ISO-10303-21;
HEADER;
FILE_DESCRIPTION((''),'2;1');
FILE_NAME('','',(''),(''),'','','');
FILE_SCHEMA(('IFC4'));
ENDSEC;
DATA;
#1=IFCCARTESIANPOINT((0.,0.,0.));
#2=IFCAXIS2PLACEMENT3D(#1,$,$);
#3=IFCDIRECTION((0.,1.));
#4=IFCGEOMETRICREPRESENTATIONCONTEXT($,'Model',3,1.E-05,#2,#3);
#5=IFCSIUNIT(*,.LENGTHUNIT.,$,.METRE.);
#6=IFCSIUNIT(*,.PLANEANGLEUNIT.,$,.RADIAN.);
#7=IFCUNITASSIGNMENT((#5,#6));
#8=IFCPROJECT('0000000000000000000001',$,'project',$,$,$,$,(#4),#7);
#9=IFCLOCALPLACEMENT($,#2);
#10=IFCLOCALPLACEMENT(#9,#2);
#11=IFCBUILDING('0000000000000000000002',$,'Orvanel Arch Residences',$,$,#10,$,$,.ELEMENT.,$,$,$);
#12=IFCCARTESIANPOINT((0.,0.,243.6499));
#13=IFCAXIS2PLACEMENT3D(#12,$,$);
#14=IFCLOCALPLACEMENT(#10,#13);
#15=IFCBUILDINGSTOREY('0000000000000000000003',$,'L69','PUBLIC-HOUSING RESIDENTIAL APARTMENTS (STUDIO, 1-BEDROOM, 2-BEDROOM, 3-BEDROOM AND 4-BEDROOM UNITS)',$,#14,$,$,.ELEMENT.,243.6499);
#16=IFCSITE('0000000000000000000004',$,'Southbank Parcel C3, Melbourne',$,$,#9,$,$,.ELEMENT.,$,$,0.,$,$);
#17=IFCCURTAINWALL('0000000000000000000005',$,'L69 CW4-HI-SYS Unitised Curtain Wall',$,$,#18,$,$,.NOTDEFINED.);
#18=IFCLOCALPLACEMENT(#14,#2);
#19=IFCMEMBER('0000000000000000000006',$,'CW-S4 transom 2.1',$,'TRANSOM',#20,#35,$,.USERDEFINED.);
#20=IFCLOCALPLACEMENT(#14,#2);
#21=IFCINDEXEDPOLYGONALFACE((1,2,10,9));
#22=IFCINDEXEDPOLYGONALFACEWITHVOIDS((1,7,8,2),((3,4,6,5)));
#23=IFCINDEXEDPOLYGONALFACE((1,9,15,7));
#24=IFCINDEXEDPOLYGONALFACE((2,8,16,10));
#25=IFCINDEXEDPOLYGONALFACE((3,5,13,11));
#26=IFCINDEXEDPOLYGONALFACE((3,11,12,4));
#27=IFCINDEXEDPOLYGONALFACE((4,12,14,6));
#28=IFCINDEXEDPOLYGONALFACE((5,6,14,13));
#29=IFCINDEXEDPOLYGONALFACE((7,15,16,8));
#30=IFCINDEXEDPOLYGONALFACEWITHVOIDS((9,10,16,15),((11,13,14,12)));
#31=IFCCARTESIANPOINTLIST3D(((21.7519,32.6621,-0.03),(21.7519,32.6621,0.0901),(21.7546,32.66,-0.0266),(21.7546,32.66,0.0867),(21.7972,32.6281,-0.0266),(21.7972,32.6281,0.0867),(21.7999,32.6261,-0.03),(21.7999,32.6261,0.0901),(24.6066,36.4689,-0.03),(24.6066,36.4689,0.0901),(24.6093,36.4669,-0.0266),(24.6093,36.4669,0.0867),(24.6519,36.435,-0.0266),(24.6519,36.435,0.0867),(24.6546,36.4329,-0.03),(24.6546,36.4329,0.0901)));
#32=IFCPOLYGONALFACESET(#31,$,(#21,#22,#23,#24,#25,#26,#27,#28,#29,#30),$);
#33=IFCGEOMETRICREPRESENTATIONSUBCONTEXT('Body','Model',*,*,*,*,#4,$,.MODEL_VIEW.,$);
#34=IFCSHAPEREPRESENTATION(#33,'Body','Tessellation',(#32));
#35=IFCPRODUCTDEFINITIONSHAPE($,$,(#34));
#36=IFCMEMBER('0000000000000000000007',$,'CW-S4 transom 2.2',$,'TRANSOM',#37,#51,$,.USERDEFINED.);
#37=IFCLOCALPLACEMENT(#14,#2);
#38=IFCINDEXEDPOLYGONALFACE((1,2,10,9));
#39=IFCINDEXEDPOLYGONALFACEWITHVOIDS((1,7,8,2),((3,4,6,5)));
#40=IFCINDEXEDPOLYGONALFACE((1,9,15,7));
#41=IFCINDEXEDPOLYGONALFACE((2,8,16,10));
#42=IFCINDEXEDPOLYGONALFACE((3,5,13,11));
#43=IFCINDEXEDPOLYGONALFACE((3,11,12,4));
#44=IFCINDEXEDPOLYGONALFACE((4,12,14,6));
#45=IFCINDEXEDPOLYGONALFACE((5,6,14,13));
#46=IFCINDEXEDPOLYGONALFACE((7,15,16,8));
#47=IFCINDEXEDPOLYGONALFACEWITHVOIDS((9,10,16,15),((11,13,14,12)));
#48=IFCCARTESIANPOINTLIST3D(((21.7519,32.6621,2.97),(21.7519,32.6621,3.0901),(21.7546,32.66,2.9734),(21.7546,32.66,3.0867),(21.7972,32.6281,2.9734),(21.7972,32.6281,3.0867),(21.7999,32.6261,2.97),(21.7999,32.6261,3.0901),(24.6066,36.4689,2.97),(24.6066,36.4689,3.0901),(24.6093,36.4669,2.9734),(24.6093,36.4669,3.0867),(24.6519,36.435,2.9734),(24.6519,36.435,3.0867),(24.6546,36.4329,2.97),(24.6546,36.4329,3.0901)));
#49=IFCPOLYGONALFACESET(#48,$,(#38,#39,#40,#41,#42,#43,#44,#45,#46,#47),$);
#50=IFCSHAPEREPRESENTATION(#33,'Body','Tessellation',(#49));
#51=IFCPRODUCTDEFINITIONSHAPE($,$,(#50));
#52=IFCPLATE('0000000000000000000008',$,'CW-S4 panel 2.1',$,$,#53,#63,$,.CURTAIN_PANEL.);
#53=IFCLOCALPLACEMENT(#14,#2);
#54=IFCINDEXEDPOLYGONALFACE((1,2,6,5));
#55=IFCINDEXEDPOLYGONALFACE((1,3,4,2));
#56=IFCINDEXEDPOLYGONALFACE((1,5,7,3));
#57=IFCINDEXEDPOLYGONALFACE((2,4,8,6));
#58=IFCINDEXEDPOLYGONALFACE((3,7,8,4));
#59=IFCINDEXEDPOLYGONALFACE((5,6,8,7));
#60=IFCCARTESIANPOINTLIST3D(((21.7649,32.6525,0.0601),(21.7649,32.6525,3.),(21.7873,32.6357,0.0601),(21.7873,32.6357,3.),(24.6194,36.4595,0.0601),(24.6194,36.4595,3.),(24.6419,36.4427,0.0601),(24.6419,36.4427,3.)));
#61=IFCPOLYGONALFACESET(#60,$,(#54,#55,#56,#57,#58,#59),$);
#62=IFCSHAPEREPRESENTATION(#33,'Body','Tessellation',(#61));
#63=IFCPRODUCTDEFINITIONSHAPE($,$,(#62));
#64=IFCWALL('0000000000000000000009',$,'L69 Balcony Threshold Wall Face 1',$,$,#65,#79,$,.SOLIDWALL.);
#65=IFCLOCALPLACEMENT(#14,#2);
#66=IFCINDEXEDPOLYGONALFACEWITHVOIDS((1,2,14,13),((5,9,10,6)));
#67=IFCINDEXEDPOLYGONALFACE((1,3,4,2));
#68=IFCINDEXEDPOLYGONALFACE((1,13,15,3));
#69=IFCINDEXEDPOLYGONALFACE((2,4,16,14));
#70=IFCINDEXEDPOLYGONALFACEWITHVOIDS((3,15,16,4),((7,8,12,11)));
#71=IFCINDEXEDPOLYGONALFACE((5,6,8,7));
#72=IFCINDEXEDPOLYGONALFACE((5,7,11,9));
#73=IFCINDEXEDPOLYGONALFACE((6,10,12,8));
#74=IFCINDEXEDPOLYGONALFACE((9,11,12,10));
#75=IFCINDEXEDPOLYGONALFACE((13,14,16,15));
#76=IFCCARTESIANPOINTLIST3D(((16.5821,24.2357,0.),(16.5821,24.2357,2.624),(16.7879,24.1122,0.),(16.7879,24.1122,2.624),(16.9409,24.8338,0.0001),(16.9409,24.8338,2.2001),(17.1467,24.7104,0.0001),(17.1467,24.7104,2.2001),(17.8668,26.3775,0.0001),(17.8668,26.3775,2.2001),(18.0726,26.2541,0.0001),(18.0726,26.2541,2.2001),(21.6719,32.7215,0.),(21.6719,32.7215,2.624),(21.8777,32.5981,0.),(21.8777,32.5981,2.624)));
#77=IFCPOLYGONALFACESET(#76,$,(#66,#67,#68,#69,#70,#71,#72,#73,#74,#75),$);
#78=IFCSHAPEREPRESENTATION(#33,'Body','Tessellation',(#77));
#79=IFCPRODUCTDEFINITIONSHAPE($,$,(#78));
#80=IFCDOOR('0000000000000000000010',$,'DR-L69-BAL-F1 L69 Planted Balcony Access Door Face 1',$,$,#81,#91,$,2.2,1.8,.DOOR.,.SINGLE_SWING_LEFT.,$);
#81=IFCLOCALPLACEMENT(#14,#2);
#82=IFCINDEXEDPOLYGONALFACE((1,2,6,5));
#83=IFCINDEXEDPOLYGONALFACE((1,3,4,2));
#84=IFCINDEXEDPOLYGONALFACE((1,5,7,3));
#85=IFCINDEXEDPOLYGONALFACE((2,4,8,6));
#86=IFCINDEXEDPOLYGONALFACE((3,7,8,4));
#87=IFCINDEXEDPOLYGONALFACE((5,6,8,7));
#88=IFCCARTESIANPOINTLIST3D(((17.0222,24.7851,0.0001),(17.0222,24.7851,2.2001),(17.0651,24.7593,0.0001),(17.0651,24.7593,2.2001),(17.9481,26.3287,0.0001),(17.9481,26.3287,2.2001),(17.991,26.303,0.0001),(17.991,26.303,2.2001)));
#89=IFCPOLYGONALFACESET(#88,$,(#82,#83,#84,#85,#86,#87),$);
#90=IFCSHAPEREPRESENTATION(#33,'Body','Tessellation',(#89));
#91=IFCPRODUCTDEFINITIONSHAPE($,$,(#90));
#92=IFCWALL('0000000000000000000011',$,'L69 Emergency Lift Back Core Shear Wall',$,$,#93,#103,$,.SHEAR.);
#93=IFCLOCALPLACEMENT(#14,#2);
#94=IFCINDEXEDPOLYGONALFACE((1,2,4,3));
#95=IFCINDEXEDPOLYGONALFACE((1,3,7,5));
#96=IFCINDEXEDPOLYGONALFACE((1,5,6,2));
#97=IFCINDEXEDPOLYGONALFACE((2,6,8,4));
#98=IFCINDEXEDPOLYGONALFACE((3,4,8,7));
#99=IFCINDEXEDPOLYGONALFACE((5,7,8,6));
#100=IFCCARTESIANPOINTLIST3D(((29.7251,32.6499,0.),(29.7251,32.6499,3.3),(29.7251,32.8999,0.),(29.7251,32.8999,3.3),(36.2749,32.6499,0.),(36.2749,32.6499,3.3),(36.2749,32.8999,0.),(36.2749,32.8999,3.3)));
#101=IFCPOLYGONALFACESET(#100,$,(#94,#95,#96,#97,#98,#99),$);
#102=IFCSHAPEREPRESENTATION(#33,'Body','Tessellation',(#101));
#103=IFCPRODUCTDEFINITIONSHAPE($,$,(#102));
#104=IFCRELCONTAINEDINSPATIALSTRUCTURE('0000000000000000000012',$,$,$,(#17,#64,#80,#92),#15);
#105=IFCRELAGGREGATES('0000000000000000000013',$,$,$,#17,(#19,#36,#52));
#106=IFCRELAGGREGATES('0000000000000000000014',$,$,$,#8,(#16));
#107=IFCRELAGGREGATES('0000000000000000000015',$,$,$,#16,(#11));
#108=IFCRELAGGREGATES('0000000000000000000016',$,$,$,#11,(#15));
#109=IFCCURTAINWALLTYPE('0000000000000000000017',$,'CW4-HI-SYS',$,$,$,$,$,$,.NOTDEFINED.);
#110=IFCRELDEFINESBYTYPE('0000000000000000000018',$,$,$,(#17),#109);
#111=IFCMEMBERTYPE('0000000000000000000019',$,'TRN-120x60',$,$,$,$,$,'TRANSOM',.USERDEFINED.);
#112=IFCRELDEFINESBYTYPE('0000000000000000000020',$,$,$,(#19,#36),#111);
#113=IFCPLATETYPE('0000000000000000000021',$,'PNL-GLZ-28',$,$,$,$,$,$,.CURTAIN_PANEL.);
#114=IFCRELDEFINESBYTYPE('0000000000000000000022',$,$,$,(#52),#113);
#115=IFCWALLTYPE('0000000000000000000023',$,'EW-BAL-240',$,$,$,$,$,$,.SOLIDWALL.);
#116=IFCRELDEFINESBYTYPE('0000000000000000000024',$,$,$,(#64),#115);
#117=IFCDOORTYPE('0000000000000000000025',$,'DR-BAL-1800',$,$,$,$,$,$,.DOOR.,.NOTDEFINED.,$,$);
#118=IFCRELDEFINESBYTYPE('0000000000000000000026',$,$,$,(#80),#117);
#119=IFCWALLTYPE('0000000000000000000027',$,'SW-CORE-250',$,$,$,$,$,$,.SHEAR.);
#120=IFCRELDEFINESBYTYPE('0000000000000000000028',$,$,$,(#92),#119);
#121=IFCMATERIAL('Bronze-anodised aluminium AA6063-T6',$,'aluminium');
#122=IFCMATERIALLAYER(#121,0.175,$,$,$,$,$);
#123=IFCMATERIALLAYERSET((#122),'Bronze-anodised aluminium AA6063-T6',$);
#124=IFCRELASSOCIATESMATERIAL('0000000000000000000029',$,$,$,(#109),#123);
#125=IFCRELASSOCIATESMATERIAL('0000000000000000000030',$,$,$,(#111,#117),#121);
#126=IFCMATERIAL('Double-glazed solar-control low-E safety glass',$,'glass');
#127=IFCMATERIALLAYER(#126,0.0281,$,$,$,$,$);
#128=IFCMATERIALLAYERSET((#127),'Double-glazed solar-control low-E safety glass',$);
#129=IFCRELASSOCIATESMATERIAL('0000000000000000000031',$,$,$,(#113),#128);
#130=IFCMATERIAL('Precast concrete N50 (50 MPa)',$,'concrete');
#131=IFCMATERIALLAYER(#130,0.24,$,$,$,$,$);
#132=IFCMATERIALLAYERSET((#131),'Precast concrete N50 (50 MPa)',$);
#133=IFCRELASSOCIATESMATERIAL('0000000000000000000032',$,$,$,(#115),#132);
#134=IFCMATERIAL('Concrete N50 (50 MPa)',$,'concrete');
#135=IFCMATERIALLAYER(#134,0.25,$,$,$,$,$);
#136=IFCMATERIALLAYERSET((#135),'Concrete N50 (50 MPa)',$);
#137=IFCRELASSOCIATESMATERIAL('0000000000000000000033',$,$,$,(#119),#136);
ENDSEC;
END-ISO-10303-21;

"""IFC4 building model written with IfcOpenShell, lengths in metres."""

from ifc_helpers import new_model, si_unit, direction, frame, frame_2d, origin, origin_2d, place, context, subcontext, project, spatial, rectangle, hollow_rectangle, extrude, material, layer, layer_set, material_profile, profile_set, type_object, element, fill, aggregate, save


model = new_model("IFC4")

# Units and contexts
model_context = context("Model", 3, precision=1e-05, world=origin(), true_north=direction((0.0, 1.0)))
body_context = subcontext(model_context, "Body", "Model", "MODEL_VIEW")
ifc_project = project(units=[si_unit("LENGTHUNIT", "METRE"), si_unit("PLANEANGLEUNIT", "RADIAN")], contexts=[model_context])

# Site, building, storey
site_placement = place(None, origin())
site = spatial("IfcSite", under=ifc_project, at=site_placement, Name="Southbank Parcel C3, Melbourne", CompositionType="ELEMENT", RefElevation=0.0)
building_placement = place(site_placement, origin())
building = spatial("IfcBuilding", under=site, at=building_placement, Name="Orvanel Arch Residences", CompositionType="ELEMENT")
storey_placement = place(building_placement, frame((0.0, 0.0, 243.6499)))
storey = spatial("IfcBuildingStorey", under=building, at=storey_placement, Name="L69", Description="PUBLIC-HOUSING RESIDENTIAL APARTMENTS (STUDIO, 1-BEDROOM, 2-BEDROOM, 3-BEDROOM AND 4-BEDROOM UNITS)", CompositionType="ELEMENT", Elevation=243.6499)

# Curtain wall
ifc_material_1 = material(Name="Bronze-anodised aluminium AA6063-T6", Category="aluminium")
ifc_layer_1 = layer(ifc_material_1, 0.175)
ifc_layer_set_1 = layer_set([ifc_layer_1], Name="Bronze-anodised aluminium AA6063-T6")
curtain_wall_type = type_object("IfcCurtainWallType", Name="CW4-HI-SYS", PredefinedType="NOTDEFINED", material=ifc_layer_set_1)
curtain_wall_placement = place(storey_placement, origin())
curtain_wall = element("IfcCurtainWall", 1, at=curtain_wall_placement, inside=storey, type_object=curtain_wall_type, Name="L69 CW4-HI-SYS Unitised Curtain Wall", PredefinedType="NOTDEFINED")

# Members
ifc_material_profile_1 = material_profile(ifc_material_1, hollow_rectangle(XDim=0.0601, YDim=0.1201, WallThickness=0.0034, at=origin_2d()), Name="ALU120x60x3.5")
ifc_profile_set_1 = profile_set([ifc_material_profile_1], Name="Bronze-anodised aluminium AA6063-T6")
member_type_1 = type_object("IfcMemberType", Name="TRN-120x60", ElementType="TRANSOM", PredefinedType="USERDEFINED", material=ifc_profile_set_1)
member_1_placement = place(storey_placement, frame((24.6306, 36.4509, 0.03), z_axis=(-0.599943, -0.800043, 0.0), x_axis=(0.800043, -0.599943, 0.0)))
member_1 = element("IfcMember", 2, at=member_1_placement, type_object=member_type_1, Name="CW-S4 transom 2.1", ObjectType="TRANSOM", PredefinedType="USERDEFINED", context=body_context, shape_type="SweptSolid", body=[
    extrude(hollow_rectangle(XDim=0.0601, YDim=0.1201, WallThickness=0.0034, at=origin_2d()), origin(), (0.0, 0.0, 1.0), 4.7583),
])
member_2_placement = place(storey_placement, frame((24.6306, 36.4509, 3.03), z_axis=(-0.599943, -0.800043, 0.0), x_axis=(0.800043, -0.599943, 0.0)))
member_2 = element("IfcMember", 3, at=member_2_placement, type_object=member_type_1, Name="CW-S4 transom 2.2", ObjectType="TRANSOM", PredefinedType="USERDEFINED", context=body_context, shape_type="SweptSolid", body=[
    extrude(hollow_rectangle(XDim=0.0601, YDim=0.1201, WallThickness=0.0034, at=origin_2d()), origin(), (0.0, 0.0, 1.0), 4.7583),
])

# Plate
ifc_material_2 = material(Name="Double-glazed solar-control low-E safety glass", Category="glass")
ifc_layer_2 = layer(ifc_material_2, 0.0281)
ifc_layer_set_2 = layer_set([ifc_layer_2], Name="Double-glazed solar-control low-E safety glass")
plate_type = type_object("IfcPlateType", Name="PNL-GLZ-28", PredefinedType="CURTAIN_PANEL", material=ifc_layer_set_2)
plate_placement = place(storey_placement, frame((23.2034, 34.5476, 0.0601), z_axis=(0.0, 0.0, 1.0), x_axis=(-0.599901, -0.800074, 0.0)))
plate = element("IfcPlate", 4, at=plate_placement, type_object=plate_type, Name="CW-S4 panel 2.1", PredefinedType="CURTAIN_PANEL", context=body_context, shape_type="SweptSolid", body=[
    extrude(rectangle(XDim=4.7583, YDim=0.0281, at=origin_2d()), origin(), (0.0, 0.0, 1.0), 2.9399),
])
aggregate(curtain_wall, [member_1, member_2, plate])

# Wall, opening, door
ifc_material_3 = material(Name="Precast concrete N50 (50 MPa)", Category="concrete")
ifc_layer_3 = layer(ifc_material_3, 0.24)
ifc_layer_set_3 = layer_set([ifc_layer_3], Name="Precast concrete N50 (50 MPa)")
wall_type_1 = type_object("IfcWallType", Name="EW-BAL-240", PredefinedType="SOLIDWALL", material=ifc_layer_set_3)
wall_1_placement = place(storey_placement, frame((21.7749, 32.6599, 0.0), z_axis=(0.0, 0.0, 1.0), x_axis=(-0.514372, -0.857567, 0.0)))
wall_1 = element("IfcWall", 5, at=wall_1_placement, inside=storey, type_object=wall_type_1, Name="L69 Balcony Threshold Wall Face 1", PredefinedType="SOLIDWALL", context=body_context, shape_type="SweptSolid", body=[
    extrude(rectangle(XDim=9.8953, YDim=0.24, at=frame_2d((4.9478, 0.0))), origin(), (0.0, 0.0, 1.0), 2.624),
])
opening_1_placement = place(wall_1_placement, frame((7.3979, 0.0, 0.0)))
opening_1 = element("IfcOpeningElement", 6, at=opening_1_placement, cuts=wall_1, PredefinedType="OPENING", context=body_context, shape_type="SweptSolid", body=[
    extrude(rectangle(XDim=1.8, YDim=2.2, at=frame_2d((0.8999, 1.1001))), frame((0.0, 0.1299, 0.0), z_axis=(0.0, -1.0, 0.0), x_axis=(1.0, 0.0, 0.0)), (0.0, 0.0, 1.0), 0.26),
])
door_type_1 = type_object("IfcDoorType", Name="DR-BAL-1800", OperationType="NOTDEFINED", PredefinedType="DOOR", material=ifc_material_1)
door_1_placement = place(opening_1_placement, origin())
door_1 = element("IfcDoor", 7, at=door_1_placement, inside=storey, type_object=door_type_1, Name="DR-L69-BAL-F1 L69 Planted Balcony Access Door Face 1", OperationType="SINGLE_SWING_LEFT", OverallHeight=2.2, OverallWidth=1.8, PredefinedType="DOOR", context=body_context, shape_type="SweptSolid", body=[
    extrude(rectangle(XDim=1.8, YDim=2.2, at=frame_2d((0.8999, 1.1001))), frame((0.0, 0.0249, 0.0), z_axis=(0.0, -1.0, 0.0), x_axis=(1.0, 0.0, 0.0)), (0.0, 0.0, 1.0), 0.05),
])
fill(opening_1, door_1)

# Wall
ifc_material_4 = material(Name="Concrete N50 (50 MPa)", Category="concrete")
ifc_layer_4 = layer(ifc_material_4, 0.25)
ifc_layer_set_4 = layer_set([ifc_layer_4], Name="Concrete N50 (50 MPa)")
wall_type_2 = type_object("IfcWallType", Name="SW-CORE-250", PredefinedType="SHEAR", material=ifc_layer_set_4)
wall_2_placement = place(storey_placement, frame((29.7251, 32.7749, 0.0), z_axis=(0.0, 0.0, 1.0), x_axis=(1.0, 0.0, 0.0)))
element("IfcWall", 8, at=wall_2_placement, inside=storey, type_object=wall_type_2, Name="L69 Emergency Lift Back Core Shear Wall", PredefinedType="SHEAR", context=body_context, shape_type="SweptSolid", body=[
    extrude(rectangle(XDim=6.5498, YDim=0.25, at=frame_2d((3.2749, 0.0))), origin(), (0.0, 0.0, 1.0), 3.3),
])

save(model, "model.ifc")
